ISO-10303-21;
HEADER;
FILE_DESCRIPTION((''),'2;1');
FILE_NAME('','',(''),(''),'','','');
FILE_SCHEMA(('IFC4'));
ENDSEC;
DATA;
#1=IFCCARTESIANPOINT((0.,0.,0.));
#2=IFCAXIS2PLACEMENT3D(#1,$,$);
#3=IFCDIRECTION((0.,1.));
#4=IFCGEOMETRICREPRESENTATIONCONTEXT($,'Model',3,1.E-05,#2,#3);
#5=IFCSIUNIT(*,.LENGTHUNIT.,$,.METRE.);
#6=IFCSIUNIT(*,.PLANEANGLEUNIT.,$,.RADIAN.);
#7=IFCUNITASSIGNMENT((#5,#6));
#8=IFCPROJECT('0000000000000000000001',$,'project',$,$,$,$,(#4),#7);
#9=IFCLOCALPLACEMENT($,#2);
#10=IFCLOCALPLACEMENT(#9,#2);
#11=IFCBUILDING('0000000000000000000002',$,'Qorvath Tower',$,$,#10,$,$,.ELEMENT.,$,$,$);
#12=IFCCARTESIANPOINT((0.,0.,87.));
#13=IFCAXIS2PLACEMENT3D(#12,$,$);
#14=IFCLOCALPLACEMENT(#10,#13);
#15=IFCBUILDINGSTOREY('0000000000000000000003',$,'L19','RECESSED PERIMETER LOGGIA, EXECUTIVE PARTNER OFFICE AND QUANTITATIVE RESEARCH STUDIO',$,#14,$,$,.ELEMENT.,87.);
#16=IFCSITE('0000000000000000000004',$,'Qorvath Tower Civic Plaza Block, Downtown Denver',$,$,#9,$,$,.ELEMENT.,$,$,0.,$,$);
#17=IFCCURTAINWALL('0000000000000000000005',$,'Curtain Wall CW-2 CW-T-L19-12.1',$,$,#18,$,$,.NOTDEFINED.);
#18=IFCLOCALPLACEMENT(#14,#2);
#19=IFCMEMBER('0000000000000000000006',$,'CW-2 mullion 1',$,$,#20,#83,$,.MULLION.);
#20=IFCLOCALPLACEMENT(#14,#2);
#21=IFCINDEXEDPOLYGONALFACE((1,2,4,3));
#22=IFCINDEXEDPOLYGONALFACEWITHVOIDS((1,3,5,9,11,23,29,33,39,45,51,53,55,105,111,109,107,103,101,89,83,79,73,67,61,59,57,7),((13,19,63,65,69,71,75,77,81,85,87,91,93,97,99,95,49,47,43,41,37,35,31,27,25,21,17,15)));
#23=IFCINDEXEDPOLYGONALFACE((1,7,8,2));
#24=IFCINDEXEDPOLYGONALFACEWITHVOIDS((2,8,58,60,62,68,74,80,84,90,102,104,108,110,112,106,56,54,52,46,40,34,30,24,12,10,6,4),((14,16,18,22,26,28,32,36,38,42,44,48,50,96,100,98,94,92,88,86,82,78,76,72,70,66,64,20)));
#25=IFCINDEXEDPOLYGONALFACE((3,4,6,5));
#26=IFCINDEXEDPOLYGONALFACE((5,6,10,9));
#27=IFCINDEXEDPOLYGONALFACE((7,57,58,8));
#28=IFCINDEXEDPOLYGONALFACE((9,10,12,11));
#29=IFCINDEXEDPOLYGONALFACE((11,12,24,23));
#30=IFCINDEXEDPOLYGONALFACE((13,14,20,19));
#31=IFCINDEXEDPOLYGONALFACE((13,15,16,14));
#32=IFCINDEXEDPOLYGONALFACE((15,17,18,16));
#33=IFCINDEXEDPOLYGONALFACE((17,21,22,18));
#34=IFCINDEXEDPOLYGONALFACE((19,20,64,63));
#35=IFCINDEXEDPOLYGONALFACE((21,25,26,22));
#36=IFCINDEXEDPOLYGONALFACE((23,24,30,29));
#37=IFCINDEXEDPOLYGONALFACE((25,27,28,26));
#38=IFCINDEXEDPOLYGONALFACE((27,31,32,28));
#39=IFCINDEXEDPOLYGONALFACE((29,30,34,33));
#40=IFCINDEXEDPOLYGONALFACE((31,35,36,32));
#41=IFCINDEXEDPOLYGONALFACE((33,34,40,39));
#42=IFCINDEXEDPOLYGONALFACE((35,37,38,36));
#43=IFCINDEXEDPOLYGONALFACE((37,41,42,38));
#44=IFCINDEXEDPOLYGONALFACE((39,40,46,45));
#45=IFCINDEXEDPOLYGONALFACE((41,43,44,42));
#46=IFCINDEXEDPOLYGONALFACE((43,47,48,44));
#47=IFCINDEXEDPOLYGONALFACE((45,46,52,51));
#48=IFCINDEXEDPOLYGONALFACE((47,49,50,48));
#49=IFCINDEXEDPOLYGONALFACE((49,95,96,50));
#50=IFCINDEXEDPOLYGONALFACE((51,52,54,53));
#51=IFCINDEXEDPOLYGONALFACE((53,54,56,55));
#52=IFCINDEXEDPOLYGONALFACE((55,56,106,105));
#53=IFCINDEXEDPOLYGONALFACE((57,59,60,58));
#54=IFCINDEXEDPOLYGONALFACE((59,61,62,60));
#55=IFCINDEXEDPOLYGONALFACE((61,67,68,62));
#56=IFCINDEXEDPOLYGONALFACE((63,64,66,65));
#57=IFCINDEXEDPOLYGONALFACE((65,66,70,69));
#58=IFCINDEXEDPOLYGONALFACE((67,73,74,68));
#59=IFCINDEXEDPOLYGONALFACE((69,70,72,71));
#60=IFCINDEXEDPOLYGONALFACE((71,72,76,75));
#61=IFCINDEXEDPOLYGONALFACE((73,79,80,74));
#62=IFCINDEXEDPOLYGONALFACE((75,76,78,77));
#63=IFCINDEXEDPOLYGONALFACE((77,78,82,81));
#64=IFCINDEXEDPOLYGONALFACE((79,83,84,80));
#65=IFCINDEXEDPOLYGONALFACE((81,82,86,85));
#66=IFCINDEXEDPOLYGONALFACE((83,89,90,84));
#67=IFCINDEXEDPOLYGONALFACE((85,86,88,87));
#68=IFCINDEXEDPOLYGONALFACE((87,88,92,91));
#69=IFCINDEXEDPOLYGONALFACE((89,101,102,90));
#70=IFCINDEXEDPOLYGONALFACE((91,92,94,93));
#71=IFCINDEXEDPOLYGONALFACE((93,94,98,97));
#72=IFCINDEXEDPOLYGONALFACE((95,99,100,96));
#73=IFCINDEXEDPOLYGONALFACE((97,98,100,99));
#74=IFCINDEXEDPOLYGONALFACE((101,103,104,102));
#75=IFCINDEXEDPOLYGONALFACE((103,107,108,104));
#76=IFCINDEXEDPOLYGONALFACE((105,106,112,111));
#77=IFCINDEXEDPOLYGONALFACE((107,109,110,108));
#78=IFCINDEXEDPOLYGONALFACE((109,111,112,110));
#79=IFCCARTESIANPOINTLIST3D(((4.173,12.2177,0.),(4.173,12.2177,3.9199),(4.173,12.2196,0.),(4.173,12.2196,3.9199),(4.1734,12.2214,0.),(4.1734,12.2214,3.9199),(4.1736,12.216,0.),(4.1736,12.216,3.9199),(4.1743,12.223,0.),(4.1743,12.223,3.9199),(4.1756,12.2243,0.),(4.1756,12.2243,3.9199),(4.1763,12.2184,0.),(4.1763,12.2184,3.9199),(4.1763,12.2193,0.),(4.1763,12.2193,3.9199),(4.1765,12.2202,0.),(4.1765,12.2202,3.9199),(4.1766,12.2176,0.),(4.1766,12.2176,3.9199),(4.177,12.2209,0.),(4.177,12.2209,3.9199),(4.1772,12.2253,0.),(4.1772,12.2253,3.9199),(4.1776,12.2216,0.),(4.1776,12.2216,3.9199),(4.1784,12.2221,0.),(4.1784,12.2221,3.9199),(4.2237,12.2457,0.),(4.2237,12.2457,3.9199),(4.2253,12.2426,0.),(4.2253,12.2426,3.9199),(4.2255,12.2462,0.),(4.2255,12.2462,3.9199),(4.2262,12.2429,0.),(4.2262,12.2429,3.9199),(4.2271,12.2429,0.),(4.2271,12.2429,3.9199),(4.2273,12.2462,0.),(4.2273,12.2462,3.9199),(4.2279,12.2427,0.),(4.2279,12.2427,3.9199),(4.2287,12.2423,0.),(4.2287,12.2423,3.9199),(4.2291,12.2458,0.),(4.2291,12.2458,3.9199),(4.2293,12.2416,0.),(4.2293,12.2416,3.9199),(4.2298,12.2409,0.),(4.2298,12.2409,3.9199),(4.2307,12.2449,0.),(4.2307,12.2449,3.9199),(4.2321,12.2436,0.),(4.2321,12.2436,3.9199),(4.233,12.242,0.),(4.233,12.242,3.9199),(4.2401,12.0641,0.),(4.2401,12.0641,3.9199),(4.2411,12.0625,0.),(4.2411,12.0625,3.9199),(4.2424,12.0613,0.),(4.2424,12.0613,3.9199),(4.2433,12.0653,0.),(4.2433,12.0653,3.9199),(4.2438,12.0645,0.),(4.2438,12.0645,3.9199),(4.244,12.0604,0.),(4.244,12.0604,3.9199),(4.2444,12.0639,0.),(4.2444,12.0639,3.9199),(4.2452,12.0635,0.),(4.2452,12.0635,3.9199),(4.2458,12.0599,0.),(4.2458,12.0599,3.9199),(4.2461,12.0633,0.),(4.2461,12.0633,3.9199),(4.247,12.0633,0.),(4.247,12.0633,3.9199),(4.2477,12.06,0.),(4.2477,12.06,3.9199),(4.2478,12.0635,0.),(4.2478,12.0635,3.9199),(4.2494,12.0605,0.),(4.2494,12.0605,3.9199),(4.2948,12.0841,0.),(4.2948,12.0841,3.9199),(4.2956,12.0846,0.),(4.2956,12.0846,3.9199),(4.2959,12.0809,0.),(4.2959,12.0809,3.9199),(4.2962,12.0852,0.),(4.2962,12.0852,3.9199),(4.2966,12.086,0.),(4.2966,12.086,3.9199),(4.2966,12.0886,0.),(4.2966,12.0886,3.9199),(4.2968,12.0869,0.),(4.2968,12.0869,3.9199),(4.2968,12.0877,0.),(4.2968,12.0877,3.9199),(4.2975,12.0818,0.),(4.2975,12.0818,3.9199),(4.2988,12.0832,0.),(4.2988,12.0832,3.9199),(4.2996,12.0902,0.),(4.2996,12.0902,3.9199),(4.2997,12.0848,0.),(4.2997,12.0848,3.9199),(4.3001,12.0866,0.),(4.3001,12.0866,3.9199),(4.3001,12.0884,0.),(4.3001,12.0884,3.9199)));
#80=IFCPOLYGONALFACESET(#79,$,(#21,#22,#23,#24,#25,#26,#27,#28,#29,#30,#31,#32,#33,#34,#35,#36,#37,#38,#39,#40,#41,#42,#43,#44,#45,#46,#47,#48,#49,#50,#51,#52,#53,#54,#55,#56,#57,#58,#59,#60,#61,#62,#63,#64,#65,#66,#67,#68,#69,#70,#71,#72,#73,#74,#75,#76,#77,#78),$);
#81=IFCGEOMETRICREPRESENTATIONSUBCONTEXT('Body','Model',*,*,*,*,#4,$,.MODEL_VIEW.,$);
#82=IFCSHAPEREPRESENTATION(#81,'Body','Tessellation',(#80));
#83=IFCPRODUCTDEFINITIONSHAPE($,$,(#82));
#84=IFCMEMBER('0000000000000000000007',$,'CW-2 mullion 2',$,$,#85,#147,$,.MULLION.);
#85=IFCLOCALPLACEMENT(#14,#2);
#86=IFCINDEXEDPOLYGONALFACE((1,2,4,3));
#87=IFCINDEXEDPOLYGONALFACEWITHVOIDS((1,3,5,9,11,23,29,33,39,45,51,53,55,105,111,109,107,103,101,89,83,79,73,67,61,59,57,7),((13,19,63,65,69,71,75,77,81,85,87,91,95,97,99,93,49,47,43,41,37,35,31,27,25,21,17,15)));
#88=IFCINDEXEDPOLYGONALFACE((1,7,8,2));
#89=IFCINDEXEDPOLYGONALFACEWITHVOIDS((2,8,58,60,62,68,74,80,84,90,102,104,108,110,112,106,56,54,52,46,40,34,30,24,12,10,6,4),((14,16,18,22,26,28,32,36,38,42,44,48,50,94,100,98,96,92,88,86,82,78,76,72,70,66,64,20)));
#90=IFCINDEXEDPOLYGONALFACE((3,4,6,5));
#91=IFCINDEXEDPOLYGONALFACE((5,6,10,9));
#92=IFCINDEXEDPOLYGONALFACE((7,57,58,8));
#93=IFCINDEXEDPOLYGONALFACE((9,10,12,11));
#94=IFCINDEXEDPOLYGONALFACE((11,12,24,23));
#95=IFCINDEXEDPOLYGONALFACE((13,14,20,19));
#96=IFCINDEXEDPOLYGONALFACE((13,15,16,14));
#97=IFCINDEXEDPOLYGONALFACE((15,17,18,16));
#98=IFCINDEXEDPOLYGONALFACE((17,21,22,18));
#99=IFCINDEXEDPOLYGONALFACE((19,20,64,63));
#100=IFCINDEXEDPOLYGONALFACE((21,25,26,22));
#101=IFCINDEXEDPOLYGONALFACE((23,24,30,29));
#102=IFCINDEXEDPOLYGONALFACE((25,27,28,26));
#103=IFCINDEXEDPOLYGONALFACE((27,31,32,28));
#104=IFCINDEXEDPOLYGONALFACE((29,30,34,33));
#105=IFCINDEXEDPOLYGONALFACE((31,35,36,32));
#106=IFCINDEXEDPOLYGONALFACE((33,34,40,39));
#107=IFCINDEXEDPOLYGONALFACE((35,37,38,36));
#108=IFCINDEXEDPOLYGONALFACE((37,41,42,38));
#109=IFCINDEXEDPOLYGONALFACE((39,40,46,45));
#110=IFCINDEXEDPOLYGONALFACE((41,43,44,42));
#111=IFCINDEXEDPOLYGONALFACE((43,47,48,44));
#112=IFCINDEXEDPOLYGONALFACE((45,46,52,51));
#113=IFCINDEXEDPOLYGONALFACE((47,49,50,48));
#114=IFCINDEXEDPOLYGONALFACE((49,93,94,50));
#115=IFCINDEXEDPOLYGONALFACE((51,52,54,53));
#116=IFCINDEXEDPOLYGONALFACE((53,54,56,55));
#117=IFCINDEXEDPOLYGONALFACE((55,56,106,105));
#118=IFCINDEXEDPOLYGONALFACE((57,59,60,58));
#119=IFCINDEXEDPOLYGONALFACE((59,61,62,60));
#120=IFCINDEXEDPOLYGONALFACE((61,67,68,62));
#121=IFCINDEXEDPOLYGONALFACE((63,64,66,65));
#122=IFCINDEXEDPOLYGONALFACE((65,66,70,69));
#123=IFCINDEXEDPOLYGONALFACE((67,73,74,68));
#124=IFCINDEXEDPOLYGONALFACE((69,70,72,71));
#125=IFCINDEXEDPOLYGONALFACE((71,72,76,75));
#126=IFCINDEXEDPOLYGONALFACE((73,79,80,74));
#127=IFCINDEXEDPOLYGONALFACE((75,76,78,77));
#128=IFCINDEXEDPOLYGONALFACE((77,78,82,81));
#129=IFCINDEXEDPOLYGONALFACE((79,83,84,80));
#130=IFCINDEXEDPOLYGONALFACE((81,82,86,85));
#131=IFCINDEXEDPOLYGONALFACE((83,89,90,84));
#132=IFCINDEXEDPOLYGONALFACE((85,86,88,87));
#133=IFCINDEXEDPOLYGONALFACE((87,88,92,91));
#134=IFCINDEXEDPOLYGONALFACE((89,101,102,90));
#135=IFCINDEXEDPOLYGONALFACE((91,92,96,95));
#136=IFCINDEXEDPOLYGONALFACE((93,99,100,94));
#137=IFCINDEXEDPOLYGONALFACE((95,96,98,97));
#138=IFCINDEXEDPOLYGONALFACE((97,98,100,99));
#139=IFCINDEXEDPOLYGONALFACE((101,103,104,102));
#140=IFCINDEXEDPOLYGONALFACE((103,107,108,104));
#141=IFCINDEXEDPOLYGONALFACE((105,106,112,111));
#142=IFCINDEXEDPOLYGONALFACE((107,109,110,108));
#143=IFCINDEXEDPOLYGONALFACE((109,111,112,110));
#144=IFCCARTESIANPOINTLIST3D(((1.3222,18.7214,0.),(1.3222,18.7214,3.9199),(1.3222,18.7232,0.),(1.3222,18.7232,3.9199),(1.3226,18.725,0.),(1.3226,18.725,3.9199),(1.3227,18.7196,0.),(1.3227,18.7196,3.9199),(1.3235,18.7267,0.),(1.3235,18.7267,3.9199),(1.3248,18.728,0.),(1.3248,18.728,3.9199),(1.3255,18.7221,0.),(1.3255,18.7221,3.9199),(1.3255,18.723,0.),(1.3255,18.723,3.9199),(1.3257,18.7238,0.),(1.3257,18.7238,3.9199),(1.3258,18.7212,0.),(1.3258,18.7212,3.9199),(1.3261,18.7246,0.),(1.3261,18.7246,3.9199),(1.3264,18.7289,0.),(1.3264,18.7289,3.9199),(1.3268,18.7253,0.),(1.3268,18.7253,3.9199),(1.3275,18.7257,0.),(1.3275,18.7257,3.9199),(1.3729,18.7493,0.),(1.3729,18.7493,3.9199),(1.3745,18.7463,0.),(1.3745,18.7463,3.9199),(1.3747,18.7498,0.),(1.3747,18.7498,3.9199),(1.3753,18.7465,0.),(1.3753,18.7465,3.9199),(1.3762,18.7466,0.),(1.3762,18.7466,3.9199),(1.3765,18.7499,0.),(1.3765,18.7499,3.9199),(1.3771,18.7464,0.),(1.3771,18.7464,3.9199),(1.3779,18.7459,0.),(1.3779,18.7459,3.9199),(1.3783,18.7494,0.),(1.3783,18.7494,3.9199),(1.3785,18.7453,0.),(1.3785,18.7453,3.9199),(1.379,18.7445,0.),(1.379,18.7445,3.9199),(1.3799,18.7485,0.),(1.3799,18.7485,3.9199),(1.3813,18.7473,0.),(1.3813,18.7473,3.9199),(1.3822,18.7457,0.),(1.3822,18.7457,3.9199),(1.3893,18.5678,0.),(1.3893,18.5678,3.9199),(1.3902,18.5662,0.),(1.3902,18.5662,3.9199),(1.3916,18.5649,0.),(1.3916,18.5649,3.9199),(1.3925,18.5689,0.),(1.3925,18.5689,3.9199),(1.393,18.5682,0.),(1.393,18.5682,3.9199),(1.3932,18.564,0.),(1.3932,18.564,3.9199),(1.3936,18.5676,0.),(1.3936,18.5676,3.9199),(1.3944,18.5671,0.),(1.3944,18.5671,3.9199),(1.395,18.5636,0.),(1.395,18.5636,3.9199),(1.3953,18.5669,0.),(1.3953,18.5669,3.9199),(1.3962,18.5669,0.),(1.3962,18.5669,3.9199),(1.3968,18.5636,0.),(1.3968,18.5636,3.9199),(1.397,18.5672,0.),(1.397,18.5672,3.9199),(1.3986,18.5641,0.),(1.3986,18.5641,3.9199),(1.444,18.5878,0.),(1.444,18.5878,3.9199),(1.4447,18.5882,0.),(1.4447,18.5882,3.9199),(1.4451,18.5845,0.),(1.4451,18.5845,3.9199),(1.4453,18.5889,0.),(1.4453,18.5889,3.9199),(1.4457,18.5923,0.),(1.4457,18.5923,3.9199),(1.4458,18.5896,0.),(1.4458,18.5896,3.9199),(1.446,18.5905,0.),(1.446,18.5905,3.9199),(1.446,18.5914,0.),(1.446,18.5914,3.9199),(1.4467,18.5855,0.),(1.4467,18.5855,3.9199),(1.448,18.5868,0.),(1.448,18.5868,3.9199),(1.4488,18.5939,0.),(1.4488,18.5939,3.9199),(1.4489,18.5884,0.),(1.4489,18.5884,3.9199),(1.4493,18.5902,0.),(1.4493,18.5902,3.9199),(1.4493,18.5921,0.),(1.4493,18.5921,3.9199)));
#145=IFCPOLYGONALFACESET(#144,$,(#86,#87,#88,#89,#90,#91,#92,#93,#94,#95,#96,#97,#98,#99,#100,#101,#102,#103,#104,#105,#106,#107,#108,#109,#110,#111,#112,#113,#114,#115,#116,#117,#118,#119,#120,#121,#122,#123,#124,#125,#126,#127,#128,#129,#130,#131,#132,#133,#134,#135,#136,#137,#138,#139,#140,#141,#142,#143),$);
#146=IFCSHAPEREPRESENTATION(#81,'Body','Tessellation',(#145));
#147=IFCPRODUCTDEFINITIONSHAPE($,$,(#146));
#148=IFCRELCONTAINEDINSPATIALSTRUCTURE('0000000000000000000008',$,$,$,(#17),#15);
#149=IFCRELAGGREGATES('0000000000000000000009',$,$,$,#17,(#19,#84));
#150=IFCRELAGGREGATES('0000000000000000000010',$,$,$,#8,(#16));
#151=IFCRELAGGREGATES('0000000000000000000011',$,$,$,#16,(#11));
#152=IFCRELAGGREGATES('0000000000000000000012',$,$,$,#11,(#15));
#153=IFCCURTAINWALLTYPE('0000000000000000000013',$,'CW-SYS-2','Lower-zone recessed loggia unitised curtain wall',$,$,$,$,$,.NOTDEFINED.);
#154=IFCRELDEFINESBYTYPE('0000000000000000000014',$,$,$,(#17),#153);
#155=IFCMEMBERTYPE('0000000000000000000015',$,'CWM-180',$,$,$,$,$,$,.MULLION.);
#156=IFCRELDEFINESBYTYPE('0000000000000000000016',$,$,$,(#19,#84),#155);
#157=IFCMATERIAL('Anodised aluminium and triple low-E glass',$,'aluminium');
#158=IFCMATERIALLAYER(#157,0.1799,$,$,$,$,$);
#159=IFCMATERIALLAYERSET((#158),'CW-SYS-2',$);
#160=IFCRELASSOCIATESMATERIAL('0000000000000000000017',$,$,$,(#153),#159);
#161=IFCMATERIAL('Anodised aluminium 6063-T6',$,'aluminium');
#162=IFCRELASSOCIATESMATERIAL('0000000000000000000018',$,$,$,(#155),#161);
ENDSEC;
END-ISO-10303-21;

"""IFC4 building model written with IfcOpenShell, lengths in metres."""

from ifc_helpers import new_model, si_unit, direction, frame, origin, origin_2d, place, context, subcontext, project, spatial, hollow_rectangle, extrude, material, layer, layer_set, material_profile, profile_set, type_object, element, aggregate, save


model = new_model("IFC4")

# Units and contexts
model_context = context("Model", 3, precision=1e-05, world=origin(), true_north=direction((0.0, 1.0)))
body_context = subcontext(model_context, "Body", "Model", "MODEL_VIEW")
ifc_project = project(units=[si_unit("LENGTHUNIT", "METRE"), si_unit("PLANEANGLEUNIT", "RADIAN")], contexts=[model_context])

# Site, building, storey
site_placement = place(None, origin())
site = spatial("IfcSite", under=ifc_project, at=site_placement, Name="Qorvath Tower Civic Plaza Block, Downtown Denver", CompositionType="ELEMENT", RefElevation=0.0)
building_placement = place(site_placement, origin())
building = spatial("IfcBuilding", under=site, at=building_placement, Name="Qorvath Tower", CompositionType="ELEMENT")
storey_placement = place(building_placement, frame((0.0, 0.0, 87.0)))
storey = spatial("IfcBuildingStorey", under=building, at=storey_placement, Name="L19", Description="RECESSED PERIMETER LOGGIA, EXECUTIVE PARTNER OFFICE AND QUANTITATIVE RESEARCH STUDIO", CompositionType="ELEMENT", Elevation=87.0)

# Shared definitions
ifc_material_1 = material(Name="Anodised aluminium and triple low-E glass", Category="aluminium")
ifc_layer_1 = layer(ifc_material_1, 0.1799)
ifc_layer_set_1 = layer_set([ifc_layer_1], Name="CW-SYS-2")
curtain_wall_type = type_object("IfcCurtainWallType", Name="CW-SYS-2", Description="Lower-zone recessed loggia unitised curtain wall", PredefinedType="NOTDEFINED", material=ifc_layer_set_1)
ifc_material_2 = material(Name="Anodised aluminium 6063-T6", Category="aluminium")
ifc_material_profile_1 = material_profile(ifc_material_2, hollow_rectangle(XDim=0.0649, YDim=0.1799, WallThickness=0.0034, InnerFilletRadius=0.0034, OuterFilletRadius=0.0071, at=origin_2d()), Name="CWM 180x65")
ifc_profile_set_1 = profile_set([ifc_material_profile_1], Name="Anodised aluminium 6063-T6")
member_type_1 = type_object("IfcMemberType", Name="CWM-180", PredefinedType="MULLION", material=ifc_profile_set_1)

# Curtain wall, members
curtain_wall_1_placement = place(storey_placement, origin())
curtain_wall_1 = element("IfcCurtainWall", 1, at=curtain_wall_1_placement, inside=storey, type_object=curtain_wall_type, Name="Curtain Wall CW-2 CW-T-L19-12.1", PredefinedType="NOTDEFINED")
member_1_placement = place(storey_placement, frame((4.2366, 12.1531, 0.0), z_axis=(0.0, 0.0, 1.0), x_axis=(-0.915886, -0.40144, 0.0)))
member_1 = element("IfcMember", 2, at=member_1_placement, type_object=member_type_1, Name="CW-2 mullion 1", PredefinedType="MULLION", context=body_context, shape_type="SweptSolid", body=[
    extrude(hollow_rectangle(XDim=0.0649, YDim=0.1799, WallThickness=0.0034, InnerFilletRadius=0.0034, OuterFilletRadius=0.0071, at=origin_2d()), origin(), (0.0, 0.0, 1.0), 3.9199),
])
member_2_placement = place(storey_placement, frame((1.3857, 18.6567, 0.0), z_axis=(0.0, 0.0, 1.0), x_axis=(-0.915886, -0.40144, 0.0)))
member_2 = element("IfcMember", 3, at=member_2_placement, type_object=member_type_1, Name="CW-2 mullion 2", PredefinedType="MULLION", context=body_context, shape_type="SweptSolid", body=[
    extrude(hollow_rectangle(XDim=0.0649, YDim=0.1799, WallThickness=0.0034, InnerFilletRadius=0.0034, OuterFilletRadius=0.0071, at=origin_2d()), origin(), (0.0, 0.0, 1.0), 3.9199),
])

aggregate(curtain_wall_1, [member_1, member_2])

save(model, "model.ifc")
